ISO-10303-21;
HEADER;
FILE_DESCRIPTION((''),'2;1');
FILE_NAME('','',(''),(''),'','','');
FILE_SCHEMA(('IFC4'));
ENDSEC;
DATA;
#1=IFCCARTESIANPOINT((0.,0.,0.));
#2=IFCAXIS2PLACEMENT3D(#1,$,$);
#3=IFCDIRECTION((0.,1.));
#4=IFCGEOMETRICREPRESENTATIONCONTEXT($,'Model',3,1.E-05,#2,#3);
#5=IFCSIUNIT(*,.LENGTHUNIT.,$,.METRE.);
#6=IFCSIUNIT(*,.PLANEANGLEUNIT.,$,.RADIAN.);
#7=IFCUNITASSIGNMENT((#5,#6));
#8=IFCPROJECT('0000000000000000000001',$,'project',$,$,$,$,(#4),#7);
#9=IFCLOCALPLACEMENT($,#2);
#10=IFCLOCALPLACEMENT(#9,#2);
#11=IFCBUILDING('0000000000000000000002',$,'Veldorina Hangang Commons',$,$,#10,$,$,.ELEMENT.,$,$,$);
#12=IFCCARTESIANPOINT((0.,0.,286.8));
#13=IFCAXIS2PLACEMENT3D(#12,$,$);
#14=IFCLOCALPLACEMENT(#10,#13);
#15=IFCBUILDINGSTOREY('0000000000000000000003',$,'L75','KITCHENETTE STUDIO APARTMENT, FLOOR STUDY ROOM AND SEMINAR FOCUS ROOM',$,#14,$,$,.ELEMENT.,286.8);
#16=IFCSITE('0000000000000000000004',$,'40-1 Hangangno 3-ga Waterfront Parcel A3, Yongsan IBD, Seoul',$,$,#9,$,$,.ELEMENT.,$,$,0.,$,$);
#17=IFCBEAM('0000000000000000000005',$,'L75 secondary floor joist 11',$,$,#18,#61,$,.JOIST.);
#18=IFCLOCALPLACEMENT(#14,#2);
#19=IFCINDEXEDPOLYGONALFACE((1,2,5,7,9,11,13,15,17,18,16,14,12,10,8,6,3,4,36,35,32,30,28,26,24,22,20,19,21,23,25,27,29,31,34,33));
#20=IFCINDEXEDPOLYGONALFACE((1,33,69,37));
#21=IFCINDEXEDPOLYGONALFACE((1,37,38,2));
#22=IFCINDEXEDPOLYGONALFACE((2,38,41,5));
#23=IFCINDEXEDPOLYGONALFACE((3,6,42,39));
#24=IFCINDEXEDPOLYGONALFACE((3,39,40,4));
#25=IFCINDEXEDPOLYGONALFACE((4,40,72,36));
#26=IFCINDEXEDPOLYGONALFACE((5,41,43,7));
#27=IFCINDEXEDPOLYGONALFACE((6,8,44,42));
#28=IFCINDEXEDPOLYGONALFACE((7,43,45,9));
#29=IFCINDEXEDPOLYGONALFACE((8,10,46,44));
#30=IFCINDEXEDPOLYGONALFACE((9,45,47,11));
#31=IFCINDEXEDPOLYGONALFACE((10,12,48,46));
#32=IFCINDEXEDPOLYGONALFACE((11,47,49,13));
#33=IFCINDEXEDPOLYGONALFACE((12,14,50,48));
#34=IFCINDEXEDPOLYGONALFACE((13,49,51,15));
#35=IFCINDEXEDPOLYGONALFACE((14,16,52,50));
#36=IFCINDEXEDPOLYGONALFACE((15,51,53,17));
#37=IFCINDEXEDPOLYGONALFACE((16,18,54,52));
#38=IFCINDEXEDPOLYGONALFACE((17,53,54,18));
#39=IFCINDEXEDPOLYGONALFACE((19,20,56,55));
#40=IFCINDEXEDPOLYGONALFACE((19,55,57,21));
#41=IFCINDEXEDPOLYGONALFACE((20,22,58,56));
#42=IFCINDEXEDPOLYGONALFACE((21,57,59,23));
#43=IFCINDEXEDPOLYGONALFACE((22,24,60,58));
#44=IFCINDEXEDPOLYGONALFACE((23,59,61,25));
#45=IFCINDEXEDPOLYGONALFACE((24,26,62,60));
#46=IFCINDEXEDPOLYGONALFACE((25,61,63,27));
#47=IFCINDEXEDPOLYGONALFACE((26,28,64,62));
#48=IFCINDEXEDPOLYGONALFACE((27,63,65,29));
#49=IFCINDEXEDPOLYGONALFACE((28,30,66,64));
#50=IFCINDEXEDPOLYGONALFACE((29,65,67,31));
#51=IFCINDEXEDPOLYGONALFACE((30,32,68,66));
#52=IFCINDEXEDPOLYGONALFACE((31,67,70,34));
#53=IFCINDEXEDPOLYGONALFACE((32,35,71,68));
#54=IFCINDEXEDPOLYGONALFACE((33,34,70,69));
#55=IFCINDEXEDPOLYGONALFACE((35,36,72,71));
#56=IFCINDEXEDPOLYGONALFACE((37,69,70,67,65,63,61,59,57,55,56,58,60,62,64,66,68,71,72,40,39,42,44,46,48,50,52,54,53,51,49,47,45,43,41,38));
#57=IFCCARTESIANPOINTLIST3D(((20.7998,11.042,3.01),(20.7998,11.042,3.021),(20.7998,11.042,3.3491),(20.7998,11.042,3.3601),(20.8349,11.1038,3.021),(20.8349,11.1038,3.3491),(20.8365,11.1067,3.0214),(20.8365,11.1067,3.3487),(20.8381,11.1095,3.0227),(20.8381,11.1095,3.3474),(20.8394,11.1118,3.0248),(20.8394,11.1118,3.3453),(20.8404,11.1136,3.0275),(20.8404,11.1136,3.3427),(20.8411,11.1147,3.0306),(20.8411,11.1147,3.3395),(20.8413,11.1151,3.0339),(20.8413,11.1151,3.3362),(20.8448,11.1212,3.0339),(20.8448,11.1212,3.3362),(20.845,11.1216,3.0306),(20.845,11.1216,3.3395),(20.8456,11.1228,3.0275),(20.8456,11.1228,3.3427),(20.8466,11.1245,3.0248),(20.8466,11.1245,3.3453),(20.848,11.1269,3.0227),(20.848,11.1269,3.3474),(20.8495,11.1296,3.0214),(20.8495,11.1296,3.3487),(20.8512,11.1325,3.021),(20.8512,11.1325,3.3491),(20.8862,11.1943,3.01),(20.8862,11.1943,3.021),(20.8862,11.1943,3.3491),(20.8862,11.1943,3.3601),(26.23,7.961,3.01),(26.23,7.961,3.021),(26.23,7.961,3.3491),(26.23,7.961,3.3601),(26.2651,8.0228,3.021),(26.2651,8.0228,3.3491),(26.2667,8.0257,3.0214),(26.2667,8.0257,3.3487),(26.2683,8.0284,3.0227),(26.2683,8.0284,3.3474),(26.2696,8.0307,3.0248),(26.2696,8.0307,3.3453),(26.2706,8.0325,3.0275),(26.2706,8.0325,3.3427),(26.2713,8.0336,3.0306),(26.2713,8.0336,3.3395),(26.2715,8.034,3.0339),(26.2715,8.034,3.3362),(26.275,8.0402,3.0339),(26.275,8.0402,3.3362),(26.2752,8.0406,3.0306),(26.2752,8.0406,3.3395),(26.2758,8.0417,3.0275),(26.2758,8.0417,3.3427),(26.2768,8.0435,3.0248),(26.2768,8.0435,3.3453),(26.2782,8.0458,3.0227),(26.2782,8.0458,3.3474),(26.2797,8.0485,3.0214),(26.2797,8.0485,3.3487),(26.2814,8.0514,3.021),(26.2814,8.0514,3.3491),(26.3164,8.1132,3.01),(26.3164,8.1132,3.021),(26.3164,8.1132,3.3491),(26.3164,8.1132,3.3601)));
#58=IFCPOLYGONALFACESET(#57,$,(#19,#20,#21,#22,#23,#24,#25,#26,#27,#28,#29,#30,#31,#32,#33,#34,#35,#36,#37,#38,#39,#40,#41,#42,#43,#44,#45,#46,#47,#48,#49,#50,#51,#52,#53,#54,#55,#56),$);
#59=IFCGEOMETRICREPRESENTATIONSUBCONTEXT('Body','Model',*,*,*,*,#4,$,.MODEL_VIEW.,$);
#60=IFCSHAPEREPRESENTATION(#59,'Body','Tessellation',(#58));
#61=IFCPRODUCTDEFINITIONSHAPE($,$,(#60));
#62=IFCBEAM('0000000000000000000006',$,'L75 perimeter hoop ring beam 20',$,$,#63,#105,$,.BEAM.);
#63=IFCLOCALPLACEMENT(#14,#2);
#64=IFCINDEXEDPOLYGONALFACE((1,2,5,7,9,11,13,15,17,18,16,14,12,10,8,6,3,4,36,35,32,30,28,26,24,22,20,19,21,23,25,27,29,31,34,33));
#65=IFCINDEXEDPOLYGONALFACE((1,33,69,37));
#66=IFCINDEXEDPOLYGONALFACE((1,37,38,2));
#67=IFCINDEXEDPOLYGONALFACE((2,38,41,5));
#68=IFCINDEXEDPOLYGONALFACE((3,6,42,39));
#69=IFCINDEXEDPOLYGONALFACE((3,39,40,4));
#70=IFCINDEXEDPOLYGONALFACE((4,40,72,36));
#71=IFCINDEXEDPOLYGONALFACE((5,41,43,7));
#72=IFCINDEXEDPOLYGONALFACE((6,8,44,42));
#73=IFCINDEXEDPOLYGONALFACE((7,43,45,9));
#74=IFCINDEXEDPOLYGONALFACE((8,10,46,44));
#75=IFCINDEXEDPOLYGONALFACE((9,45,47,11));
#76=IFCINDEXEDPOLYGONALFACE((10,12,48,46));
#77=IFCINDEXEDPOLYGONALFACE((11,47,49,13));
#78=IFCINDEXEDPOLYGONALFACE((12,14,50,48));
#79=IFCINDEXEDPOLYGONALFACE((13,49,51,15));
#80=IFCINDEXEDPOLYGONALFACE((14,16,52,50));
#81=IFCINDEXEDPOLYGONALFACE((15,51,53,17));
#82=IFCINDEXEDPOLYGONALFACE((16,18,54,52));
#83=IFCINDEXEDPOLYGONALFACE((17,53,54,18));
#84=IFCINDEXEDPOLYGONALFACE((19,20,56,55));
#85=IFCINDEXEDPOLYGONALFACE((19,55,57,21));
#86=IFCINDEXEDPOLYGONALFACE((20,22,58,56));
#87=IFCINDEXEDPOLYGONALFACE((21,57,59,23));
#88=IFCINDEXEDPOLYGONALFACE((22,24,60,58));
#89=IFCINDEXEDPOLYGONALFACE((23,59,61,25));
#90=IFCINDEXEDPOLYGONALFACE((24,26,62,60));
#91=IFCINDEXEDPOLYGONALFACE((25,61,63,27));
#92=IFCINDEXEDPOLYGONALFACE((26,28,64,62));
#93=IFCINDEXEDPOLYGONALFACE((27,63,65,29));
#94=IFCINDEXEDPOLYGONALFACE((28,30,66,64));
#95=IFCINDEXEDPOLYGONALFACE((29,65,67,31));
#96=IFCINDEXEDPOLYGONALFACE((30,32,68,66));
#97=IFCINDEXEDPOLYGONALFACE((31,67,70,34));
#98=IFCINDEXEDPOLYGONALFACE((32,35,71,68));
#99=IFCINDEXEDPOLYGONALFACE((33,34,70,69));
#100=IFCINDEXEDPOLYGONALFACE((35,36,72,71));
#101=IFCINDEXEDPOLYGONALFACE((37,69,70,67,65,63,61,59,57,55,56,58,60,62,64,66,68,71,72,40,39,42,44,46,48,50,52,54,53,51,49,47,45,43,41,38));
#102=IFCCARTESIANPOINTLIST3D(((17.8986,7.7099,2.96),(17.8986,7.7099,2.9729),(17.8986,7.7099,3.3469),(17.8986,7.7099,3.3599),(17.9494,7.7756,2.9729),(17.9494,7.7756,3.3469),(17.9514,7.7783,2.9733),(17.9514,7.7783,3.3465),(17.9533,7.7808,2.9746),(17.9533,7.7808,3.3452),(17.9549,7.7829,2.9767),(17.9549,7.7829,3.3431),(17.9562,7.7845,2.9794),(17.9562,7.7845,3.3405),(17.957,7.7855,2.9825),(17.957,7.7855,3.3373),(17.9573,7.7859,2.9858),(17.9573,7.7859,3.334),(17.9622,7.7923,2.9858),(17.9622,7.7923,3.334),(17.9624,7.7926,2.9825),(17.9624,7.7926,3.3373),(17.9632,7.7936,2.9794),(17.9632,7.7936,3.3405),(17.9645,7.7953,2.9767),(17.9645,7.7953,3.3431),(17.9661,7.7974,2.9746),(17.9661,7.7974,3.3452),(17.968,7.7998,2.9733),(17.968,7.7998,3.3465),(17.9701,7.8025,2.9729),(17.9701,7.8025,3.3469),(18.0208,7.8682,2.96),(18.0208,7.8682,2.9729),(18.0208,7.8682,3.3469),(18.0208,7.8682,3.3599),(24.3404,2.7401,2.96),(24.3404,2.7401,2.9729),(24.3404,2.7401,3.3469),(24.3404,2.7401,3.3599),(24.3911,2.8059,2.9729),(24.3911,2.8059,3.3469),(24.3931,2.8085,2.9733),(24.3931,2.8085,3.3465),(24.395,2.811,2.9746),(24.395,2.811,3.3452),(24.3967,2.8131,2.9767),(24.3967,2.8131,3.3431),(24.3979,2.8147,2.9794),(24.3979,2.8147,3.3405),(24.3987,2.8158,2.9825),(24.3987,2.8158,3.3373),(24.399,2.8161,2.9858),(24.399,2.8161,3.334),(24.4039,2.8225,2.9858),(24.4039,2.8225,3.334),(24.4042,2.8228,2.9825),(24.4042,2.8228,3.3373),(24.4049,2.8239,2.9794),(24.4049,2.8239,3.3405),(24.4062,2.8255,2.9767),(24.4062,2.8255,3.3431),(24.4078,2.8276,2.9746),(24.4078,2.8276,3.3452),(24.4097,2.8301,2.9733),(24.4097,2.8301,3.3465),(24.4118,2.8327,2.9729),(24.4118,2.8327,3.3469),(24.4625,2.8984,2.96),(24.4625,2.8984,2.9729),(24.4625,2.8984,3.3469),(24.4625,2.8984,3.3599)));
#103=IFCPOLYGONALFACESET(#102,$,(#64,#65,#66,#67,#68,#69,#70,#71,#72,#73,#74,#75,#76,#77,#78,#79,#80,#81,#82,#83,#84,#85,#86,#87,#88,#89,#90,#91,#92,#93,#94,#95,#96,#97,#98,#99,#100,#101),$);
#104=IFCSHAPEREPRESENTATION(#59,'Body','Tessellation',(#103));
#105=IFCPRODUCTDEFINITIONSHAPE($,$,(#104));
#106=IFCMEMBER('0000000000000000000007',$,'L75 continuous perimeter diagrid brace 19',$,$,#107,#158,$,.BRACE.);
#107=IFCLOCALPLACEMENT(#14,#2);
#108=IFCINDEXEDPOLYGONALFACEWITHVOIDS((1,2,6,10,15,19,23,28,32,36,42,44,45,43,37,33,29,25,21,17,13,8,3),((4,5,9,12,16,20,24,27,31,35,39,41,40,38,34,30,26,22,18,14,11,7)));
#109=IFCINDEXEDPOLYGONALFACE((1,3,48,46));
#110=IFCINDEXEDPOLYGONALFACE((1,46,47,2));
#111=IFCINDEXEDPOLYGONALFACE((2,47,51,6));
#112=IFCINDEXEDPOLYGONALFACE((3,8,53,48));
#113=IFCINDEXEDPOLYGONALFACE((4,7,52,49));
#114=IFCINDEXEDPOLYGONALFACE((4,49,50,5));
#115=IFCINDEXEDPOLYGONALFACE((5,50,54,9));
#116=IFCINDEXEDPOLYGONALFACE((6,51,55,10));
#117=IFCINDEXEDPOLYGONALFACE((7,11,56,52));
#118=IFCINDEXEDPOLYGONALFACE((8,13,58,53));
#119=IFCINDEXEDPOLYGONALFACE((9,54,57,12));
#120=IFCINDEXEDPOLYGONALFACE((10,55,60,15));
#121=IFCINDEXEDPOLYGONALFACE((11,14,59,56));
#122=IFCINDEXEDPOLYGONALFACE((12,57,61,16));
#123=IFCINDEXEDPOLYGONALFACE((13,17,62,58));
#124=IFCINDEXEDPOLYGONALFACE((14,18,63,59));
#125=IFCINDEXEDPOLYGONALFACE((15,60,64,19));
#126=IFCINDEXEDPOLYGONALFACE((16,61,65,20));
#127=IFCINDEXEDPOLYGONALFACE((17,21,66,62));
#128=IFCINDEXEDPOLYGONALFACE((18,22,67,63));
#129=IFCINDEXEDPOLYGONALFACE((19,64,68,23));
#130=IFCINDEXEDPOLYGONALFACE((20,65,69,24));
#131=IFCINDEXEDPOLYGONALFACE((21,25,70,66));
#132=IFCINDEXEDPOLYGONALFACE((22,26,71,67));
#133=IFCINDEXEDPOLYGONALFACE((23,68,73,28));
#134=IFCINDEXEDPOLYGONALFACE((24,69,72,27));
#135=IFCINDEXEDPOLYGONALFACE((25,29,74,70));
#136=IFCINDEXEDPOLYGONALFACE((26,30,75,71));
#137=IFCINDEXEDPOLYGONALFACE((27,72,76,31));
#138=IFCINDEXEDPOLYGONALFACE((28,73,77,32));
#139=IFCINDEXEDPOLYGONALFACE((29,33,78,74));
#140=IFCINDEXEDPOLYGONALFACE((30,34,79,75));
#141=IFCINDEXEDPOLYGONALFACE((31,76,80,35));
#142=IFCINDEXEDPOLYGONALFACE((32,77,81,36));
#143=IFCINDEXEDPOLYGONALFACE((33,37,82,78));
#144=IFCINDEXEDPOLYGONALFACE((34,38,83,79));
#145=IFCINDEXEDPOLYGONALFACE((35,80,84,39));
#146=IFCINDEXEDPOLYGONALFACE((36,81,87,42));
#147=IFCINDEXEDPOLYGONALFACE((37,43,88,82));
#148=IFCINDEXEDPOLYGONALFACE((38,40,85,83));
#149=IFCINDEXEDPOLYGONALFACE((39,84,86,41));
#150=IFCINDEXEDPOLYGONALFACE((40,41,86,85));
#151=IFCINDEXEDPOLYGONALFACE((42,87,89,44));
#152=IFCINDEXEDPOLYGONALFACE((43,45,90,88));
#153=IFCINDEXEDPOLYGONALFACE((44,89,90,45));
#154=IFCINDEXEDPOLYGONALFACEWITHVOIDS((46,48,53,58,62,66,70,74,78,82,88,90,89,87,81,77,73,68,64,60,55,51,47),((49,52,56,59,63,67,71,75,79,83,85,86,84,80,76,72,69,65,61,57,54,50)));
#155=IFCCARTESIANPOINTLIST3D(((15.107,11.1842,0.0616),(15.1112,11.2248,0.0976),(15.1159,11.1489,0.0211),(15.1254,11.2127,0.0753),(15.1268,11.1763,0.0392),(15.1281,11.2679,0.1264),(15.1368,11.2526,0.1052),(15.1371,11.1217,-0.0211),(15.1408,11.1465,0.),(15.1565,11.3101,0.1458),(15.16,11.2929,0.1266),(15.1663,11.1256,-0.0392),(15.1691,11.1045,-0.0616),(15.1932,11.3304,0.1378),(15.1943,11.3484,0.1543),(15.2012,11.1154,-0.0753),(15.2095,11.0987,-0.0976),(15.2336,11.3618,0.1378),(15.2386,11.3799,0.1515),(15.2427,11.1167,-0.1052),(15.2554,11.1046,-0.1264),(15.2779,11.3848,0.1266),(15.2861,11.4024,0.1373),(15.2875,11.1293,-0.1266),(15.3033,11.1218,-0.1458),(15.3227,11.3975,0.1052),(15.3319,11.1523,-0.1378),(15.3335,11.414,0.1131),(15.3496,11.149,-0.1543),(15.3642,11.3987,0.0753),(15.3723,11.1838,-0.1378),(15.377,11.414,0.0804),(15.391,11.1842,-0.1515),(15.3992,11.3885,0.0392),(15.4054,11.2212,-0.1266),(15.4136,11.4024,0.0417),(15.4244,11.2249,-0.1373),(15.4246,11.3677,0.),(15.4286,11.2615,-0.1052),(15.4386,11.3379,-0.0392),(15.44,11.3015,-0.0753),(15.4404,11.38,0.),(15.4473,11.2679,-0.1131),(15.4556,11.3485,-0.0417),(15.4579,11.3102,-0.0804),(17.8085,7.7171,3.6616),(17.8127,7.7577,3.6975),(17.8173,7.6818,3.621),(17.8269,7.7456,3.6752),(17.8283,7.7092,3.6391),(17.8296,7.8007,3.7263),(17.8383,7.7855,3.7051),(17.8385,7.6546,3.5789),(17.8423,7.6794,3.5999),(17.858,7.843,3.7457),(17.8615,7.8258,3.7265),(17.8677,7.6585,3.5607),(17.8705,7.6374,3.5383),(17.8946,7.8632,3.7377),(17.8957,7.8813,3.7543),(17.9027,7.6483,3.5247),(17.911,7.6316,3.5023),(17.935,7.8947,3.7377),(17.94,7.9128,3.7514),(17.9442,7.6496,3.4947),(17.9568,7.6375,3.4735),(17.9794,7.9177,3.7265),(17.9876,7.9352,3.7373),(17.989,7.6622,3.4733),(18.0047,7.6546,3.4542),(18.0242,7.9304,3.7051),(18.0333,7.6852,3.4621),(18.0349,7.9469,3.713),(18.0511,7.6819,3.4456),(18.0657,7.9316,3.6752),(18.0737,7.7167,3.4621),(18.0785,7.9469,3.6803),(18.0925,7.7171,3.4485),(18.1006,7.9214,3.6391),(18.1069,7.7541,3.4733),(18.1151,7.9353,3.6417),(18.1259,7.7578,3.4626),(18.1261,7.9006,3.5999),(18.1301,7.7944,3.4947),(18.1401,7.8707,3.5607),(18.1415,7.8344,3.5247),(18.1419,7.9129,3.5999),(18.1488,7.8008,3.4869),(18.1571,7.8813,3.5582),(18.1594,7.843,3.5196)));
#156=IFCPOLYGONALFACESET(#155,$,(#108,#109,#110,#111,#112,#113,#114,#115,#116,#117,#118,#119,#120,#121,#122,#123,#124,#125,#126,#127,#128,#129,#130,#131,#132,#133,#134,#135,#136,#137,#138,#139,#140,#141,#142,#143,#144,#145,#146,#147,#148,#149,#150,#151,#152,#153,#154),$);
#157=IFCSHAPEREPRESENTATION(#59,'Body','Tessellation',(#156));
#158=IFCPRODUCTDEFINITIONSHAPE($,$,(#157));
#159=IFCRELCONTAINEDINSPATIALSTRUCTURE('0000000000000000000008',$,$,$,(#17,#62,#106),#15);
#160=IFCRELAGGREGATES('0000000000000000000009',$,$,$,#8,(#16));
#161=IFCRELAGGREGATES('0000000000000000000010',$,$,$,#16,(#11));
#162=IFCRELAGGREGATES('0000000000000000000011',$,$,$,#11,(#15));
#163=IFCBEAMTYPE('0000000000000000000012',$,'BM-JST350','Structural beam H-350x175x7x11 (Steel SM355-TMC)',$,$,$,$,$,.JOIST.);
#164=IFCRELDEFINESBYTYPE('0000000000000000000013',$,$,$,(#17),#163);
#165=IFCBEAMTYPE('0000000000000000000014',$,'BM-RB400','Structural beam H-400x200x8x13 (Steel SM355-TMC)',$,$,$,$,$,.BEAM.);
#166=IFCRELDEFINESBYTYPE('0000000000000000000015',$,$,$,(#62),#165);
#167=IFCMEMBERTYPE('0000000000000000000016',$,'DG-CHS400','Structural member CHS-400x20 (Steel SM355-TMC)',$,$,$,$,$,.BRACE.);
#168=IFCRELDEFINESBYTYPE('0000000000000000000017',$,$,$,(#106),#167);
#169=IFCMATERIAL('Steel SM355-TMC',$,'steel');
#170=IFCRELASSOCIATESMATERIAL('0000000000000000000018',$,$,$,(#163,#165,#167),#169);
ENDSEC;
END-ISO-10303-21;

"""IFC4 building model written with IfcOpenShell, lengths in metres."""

from ifc_helpers import new_model, si_unit, direction, frame, origin, origin_2d, place, context, subcontext, project, spatial, hollow_circle, i_section, extrude, material, material_profile, profile_set, type_object, element, save


model = new_model("IFC4")

# Units and contexts
model_context = context("Model", 3, precision=1e-05, world=origin(), true_north=direction((0.0, 1.0)))
body_context = subcontext(model_context, "Body", "Model", "MODEL_VIEW")
ifc_project = project(units=[si_unit("LENGTHUNIT", "METRE"), si_unit("PLANEANGLEUNIT", "RADIAN")], contexts=[model_context])

# Site, building, storey
site_placement = place(None, origin())
site = spatial("IfcSite", under=ifc_project, at=site_placement, Name="40-1 Hangangno 3-ga Waterfront Parcel A3, Yongsan IBD, Seoul", CompositionType="ELEMENT", RefElevation=0.0)
building_placement = place(site_placement, origin())
building = spatial("IfcBuilding", under=site, at=building_placement, Name="Veldorina Hangang Commons", CompositionType="ELEMENT")
storey_placement = place(building_placement, frame((0.0, 0.0, 286.8)))
storey = spatial("IfcBuildingStorey", under=building, at=storey_placement, Name="L75", Description="KITCHENETTE STUDIO APARTMENT, FLOOR STUDY ROOM AND SEMINAR FOCUS ROOM", CompositionType="ELEMENT", Elevation=286.8)

# Beams
ifc_material_1 = material(Name="Steel SM355-TMC", Category="steel")
ifc_material_profile_1 = material_profile(ifc_material_1, i_section(OverallWidth=0.175, OverallDepth=0.3501, WebThickness=0.0071, FlangeThickness=0.011, FilletRadius=0.0129, at=origin_2d()), Name="H-350x175x7x11")
ifc_profile_set_1 = profile_set([ifc_material_profile_1], Name="Steel SM355-TMC")
beam_type_1 = type_object("IfcBeamType", Name="BM-JST350", Description="Structural beam H-350x175x7x11 (Steel SM355-TMC)", PredefinedType="JOIST", material=ifc_profile_set_1)
beam_1_placement = place(storey_placement, frame((20.843, 11.1182, 3.1851), z_axis=(0.86975, -0.493492, 0.0), x_axis=(0.493492, 0.86975, 0.0)))
element("IfcBeam", 1, at=beam_1_placement, inside=storey, type_object=beam_type_1, Name="L75 secondary floor joist 11", PredefinedType="JOIST", context=body_context, shape_type="SweptSolid", body=[
    extrude(i_section(OverallWidth=0.175, OverallDepth=0.3501, WebThickness=0.0071, FlangeThickness=0.011, FilletRadius=0.0129, at=origin_2d()), origin(), (0.0, 0.0, 1.0), 6.2434),
])
ifc_material_profile_2 = material_profile(ifc_material_1, i_section(OverallWidth=0.2, OverallDepth=0.3999, WebThickness=0.0081, FlangeThickness=0.0129, FilletRadius=0.0129, at=origin_2d()), Name="H-400x200x8x13")
ifc_profile_set_2 = profile_set([ifc_material_profile_2], Name="Steel SM355-TMC")
beam_type_2 = type_object("IfcBeamType", Name="BM-RB400", Description="Structural beam H-400x200x8x13 (Steel SM355-TMC)", PredefinedType="BEAM", material=ifc_profile_set_2)
beam_2_placement = place(storey_placement, frame((17.9597, 7.7891, 3.1599), z_axis=(0.791755, -0.610838, 0.0), x_axis=(0.610838, 0.791755, 0.0)))
element("IfcBeam", 2, at=beam_2_placement, inside=storey, type_object=beam_type_2, Name="L75 perimeter hoop ring beam 20", PredefinedType="BEAM", context=body_context, shape_type="SweptSolid", body=[
    extrude(i_section(OverallWidth=0.2, OverallDepth=0.3999, WebThickness=0.0081, FlangeThickness=0.0129, FilletRadius=0.0129, at=origin_2d()), origin(), (0.0, 0.0, 1.0), 8.136),
])

# Member
ifc_material_profile_3 = material_profile(ifc_material_1, hollow_circle(Radius=0.2, WallThickness=0.02, at=origin_2d()), Name="CHS-400x20")
ifc_profile_set_3 = profile_set([ifc_material_profile_3], Name="Steel SM355-TMC")
member_type_1 = type_object("IfcMemberType", Name="DG-CHS400", Description="Structural member CHS-400x20 (Steel SM355-TMC)", PredefinedType="BRACE", material=ifc_profile_set_3)
member_1_placement = place(storey_placement, frame((15.2827, 11.2571, 0.0), z_axis=(0.475494, -0.610257, 0.633634), x_axis=(0.78882, 0.614625, 0.0)))
element("IfcMember", 3, at=member_1_placement, inside=storey, type_object=member_type_1, Name="L75 continuous perimeter diagrid brace 19", PredefinedType="BRACE", context=body_context, shape_type="SweptSolid", body=[
    extrude(hollow_circle(Radius=0.2, WallThickness=0.02, at=origin_2d()), origin(), (0.0, 0.0, 1.0), 5.6814),
])

save(model, "model.ifc")
